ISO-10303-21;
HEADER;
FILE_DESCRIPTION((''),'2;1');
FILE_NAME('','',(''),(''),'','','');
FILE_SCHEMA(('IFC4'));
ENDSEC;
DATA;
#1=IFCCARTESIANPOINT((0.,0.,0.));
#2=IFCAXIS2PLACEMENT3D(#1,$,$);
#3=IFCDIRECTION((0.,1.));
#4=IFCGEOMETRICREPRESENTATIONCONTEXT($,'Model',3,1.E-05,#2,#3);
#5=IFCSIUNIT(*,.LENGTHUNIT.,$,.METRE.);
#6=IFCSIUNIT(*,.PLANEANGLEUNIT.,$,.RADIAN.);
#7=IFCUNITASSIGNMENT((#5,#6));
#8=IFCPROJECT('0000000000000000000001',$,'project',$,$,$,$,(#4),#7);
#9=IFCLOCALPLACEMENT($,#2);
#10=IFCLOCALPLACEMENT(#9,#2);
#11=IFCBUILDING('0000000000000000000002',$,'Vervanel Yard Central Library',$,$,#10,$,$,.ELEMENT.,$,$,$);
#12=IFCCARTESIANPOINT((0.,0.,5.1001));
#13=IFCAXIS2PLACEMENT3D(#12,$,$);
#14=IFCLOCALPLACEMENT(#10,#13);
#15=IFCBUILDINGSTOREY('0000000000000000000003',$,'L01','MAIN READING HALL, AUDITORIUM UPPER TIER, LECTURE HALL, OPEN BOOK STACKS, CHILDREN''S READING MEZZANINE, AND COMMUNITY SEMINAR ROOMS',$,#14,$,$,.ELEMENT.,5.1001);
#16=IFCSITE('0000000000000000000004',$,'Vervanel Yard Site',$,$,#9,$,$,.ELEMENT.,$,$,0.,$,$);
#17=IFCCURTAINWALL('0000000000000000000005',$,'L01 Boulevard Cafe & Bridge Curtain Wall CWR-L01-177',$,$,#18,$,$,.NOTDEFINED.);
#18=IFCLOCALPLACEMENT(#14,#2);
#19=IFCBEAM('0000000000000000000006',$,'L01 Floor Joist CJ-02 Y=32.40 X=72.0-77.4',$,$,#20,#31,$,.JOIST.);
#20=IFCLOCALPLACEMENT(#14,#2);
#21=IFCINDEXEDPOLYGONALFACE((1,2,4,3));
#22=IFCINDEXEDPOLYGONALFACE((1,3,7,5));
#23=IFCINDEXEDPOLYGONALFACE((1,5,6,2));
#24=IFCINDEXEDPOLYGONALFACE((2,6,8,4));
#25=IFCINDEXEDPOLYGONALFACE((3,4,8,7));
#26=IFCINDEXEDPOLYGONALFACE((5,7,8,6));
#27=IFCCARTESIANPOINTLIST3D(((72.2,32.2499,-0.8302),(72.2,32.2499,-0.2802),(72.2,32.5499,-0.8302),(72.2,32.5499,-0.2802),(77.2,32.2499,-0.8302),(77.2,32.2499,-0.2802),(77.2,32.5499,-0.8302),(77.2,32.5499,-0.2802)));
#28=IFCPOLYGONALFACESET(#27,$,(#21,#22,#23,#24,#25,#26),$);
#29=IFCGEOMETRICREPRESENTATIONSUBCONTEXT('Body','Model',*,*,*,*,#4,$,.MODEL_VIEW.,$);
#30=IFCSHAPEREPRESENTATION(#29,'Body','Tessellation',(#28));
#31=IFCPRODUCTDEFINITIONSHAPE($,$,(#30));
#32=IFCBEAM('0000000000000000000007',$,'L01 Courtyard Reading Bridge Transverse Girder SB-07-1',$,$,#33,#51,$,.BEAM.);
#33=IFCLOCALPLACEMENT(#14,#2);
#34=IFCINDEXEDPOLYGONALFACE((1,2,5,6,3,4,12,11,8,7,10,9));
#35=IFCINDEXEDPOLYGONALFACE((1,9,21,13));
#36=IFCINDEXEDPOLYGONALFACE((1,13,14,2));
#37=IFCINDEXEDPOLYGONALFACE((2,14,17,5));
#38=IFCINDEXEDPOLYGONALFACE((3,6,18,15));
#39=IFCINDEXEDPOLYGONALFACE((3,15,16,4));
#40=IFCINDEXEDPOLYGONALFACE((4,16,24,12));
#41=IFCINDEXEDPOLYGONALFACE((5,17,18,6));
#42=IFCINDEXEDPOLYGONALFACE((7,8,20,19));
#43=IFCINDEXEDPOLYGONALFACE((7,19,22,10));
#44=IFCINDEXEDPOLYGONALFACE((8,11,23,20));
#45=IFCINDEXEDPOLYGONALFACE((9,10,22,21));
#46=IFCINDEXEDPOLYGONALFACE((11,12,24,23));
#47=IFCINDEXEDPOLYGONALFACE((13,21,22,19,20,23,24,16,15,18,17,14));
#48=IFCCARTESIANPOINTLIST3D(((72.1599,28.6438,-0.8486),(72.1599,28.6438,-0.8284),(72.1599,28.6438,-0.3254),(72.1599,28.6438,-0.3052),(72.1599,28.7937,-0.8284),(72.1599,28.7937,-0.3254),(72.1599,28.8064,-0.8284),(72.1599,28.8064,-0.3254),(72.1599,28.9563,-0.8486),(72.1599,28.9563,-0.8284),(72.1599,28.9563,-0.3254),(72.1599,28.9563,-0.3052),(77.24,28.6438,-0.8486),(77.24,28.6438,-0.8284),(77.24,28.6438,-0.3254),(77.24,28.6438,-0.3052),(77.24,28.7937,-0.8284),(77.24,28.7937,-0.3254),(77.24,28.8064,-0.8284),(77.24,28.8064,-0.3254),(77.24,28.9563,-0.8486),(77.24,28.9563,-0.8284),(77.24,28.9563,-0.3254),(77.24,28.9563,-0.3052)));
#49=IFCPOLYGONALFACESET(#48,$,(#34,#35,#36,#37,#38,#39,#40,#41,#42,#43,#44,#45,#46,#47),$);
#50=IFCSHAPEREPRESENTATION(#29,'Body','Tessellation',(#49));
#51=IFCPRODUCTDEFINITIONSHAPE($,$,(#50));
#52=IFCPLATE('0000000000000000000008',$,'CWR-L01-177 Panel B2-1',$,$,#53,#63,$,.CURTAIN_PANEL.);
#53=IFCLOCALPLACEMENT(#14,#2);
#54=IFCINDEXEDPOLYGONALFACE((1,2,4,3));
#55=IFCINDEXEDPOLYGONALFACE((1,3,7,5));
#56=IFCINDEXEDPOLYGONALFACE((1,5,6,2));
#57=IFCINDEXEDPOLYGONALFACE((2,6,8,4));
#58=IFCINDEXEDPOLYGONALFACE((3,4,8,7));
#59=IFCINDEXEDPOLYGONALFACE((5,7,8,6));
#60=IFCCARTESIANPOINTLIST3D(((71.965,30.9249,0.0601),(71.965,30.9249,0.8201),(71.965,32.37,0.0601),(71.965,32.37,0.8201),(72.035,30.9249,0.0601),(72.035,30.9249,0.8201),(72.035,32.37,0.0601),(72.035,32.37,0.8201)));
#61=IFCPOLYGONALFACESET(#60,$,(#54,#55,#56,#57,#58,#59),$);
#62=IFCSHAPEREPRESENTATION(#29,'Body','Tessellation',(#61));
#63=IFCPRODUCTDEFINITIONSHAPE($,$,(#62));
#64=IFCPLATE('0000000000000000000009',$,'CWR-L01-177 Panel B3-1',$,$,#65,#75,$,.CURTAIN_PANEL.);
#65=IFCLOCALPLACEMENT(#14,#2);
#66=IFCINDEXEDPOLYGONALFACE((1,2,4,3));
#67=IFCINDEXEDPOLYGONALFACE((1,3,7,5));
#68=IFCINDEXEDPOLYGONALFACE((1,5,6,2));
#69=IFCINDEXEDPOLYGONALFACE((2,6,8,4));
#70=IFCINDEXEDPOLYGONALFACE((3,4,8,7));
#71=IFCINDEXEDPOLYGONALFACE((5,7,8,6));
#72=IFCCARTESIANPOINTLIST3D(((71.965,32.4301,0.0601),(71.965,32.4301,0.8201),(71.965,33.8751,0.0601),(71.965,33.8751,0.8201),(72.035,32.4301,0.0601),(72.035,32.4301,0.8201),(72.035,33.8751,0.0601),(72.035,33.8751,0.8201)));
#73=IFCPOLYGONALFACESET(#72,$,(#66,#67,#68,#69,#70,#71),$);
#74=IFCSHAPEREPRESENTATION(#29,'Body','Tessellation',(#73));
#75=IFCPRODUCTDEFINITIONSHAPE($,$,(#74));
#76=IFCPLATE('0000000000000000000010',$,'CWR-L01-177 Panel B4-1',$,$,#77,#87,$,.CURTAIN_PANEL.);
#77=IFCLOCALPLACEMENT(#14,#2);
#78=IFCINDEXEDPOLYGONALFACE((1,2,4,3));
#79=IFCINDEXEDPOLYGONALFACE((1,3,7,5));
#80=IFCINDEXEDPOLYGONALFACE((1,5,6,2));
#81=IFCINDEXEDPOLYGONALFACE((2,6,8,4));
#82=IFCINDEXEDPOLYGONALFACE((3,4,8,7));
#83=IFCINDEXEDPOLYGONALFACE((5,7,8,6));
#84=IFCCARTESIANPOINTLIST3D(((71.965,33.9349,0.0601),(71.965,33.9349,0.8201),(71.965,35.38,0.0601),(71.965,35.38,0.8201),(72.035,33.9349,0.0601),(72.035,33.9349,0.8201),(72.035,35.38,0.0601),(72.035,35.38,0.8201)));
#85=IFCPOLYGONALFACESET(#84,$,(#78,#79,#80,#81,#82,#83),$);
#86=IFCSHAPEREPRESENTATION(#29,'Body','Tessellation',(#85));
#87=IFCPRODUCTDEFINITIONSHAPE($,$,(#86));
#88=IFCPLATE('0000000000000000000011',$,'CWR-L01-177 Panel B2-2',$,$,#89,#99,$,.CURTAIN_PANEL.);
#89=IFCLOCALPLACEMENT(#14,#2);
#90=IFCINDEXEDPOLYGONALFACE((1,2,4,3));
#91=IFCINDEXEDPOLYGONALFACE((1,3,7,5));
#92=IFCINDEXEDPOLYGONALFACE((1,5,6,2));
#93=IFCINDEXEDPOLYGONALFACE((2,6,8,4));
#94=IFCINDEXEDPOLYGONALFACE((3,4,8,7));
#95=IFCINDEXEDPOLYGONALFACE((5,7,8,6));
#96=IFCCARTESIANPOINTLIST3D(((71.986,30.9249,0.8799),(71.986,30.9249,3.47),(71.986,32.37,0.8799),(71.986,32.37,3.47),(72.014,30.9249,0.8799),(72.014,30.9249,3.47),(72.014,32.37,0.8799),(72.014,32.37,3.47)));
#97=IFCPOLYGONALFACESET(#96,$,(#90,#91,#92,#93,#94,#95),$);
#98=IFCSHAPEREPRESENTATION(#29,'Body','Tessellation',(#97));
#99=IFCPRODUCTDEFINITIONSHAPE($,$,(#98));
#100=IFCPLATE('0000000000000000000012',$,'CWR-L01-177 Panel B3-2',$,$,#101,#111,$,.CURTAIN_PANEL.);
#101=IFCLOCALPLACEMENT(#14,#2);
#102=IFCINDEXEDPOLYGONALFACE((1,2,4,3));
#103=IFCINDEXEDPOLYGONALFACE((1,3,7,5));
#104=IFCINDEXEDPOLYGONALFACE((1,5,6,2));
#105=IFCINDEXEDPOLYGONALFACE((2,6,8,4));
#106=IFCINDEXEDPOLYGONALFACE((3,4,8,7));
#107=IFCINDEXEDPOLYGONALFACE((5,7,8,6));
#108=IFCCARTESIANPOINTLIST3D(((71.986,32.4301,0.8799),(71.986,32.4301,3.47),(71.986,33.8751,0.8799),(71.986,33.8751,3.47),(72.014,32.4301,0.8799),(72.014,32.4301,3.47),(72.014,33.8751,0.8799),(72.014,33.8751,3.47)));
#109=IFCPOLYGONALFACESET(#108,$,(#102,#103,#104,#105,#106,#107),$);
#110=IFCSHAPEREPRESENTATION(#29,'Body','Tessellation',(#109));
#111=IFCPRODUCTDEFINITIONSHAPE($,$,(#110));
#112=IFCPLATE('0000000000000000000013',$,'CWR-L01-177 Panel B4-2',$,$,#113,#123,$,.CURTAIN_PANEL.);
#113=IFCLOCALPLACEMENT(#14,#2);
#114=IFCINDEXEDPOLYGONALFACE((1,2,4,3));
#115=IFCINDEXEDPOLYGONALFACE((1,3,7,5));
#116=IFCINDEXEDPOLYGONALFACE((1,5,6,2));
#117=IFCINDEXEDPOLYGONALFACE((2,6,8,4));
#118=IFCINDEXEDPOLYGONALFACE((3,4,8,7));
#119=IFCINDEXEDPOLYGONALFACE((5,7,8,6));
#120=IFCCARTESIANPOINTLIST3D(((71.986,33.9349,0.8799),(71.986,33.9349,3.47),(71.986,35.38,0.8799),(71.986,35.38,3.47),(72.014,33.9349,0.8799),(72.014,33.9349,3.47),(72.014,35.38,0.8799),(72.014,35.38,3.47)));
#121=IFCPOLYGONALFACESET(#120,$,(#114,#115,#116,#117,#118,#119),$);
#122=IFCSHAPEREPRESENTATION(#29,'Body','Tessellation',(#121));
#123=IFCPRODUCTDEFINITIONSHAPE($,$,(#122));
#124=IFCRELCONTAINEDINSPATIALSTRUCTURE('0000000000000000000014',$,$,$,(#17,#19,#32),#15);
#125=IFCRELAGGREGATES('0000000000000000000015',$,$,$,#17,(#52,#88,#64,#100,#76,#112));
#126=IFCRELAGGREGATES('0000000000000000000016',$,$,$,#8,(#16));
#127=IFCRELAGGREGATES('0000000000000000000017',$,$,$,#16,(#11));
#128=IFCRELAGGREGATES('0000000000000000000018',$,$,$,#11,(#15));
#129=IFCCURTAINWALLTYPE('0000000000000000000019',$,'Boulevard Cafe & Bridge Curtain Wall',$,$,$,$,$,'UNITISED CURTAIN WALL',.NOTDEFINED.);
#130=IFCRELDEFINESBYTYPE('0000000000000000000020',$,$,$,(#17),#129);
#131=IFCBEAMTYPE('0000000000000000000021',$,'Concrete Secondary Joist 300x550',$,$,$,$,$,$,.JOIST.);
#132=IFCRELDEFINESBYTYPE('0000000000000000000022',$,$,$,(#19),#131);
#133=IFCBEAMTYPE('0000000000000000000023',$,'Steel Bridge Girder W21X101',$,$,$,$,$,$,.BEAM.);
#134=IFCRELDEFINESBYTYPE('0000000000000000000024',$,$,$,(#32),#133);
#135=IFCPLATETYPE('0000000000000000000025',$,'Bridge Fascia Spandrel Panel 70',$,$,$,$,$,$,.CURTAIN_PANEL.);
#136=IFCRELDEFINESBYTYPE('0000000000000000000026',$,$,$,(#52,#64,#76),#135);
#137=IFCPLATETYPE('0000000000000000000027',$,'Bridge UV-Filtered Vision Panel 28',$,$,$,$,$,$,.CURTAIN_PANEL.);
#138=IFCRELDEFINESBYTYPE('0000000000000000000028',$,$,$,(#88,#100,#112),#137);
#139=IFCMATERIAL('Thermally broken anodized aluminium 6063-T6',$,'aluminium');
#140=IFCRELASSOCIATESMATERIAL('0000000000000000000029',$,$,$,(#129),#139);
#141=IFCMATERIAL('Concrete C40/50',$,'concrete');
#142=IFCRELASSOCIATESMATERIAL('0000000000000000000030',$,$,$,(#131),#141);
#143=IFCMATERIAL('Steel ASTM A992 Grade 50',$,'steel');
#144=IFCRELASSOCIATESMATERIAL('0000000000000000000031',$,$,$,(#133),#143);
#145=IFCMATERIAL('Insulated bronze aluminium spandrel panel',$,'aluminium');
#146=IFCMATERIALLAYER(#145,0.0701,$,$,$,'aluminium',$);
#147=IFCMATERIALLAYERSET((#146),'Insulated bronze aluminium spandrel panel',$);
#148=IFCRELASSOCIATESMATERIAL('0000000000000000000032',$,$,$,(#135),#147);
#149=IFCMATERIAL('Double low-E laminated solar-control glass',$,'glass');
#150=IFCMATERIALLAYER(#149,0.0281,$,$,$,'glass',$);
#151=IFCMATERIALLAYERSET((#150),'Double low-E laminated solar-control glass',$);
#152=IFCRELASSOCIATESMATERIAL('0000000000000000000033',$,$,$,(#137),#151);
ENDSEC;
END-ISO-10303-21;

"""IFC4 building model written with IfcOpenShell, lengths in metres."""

from ifc_helpers import new_model, si_unit, direction, frame, origin, origin_2d, place, context, subcontext, project, spatial, rectangle, i_section, extrude, material, layer, layer_set, material_profile, profile_set, type_object, element, aggregate, save


model = new_model("IFC4")

# Units and contexts
model_context = context("Model", 3, precision=1e-05, world=origin(), true_north=direction((0.0, 1.0)))
body_context = subcontext(model_context, "Body", "Model", "MODEL_VIEW")
ifc_project = project(units=[si_unit("LENGTHUNIT", "METRE"), si_unit("PLANEANGLEUNIT", "RADIAN")], contexts=[model_context])

# Site, building, storey
site_placement = place(None, origin())
site = spatial("IfcSite", under=ifc_project, at=site_placement, Name="Vervanel Yard Site", CompositionType="ELEMENT", RefElevation=0.0)
building_placement = place(site_placement, origin())
building = spatial("IfcBuilding", under=site, at=building_placement, Name="Vervanel Yard Central Library", CompositionType="ELEMENT")
storey_placement = place(building_placement, frame((0.0, 0.0, 5.1001)))
storey = spatial("IfcBuildingStorey", under=building, at=storey_placement, Name="L01", Description="MAIN READING HALL, AUDITORIUM UPPER TIER, LECTURE HALL, OPEN BOOK STACKS, CHILDREN'S READING MEZZANINE, AND COMMUNITY SEMINAR ROOMS", CompositionType="ELEMENT", Elevation=5.1001)

# Curtain wall
ifc_material_1 = material(Name="Thermally broken anodized aluminium 6063-T6", Category="aluminium")
curtain_wall_type = type_object("IfcCurtainWallType", Name="Boulevard Cafe & Bridge Curtain Wall", ElementType="UNITISED CURTAIN WALL", PredefinedType="NOTDEFINED", material=ifc_material_1)
curtain_wall_placement = place(storey_placement, origin())
curtain_wall = element("IfcCurtainWall", 1, at=curtain_wall_placement, inside=storey, type_object=curtain_wall_type, Name="L01 Boulevard Cafe & Bridge Curtain Wall CWR-L01-177", PredefinedType="NOTDEFINED")

# Beams
ifc_material_2 = material(Name="Concrete C40/50", Category="concrete")
ifc_material_profile_1 = material_profile(ifc_material_2, rectangle(XDim=0.3, YDim=0.55, at=origin_2d()), Name="RC 300x550", Category="concrete")
ifc_profile_set_1 = profile_set([ifc_material_profile_1], Name="Concrete C40/50")
beam_type_1 = type_object("IfcBeamType", Name="Concrete Secondary Joist 300x550", PredefinedType="JOIST", material=ifc_profile_set_1)
beam_1_placement = place(storey_placement, frame((72.2, 32.3999, -0.5552), z_axis=(1.0, 0.0, 0.0), x_axis=(0.0, 1.0, 0.0)))
element("IfcBeam", 2, at=beam_1_placement, inside=storey, type_object=beam_type_1, Name="L01 Floor Joist CJ-02 Y=32.40 X=72.0-77.4", PredefinedType="JOIST", context=body_context, shape_type="SweptSolid", body=[
    extrude(rectangle(XDim=0.3, YDim=0.55, at=origin_2d()), origin(), (0.0, 0.0, 1.0), 5.0),
])
ifc_material_3 = material(Name="Steel ASTM A992 Grade 50", Category="steel")
ifc_material_profile_2 = material_profile(ifc_material_3, i_section(OverallWidth=0.3125, OverallDepth=0.5435, WebThickness=0.0127, FlangeThickness=0.0203, at=origin_2d()), Name="W21X101", Category="steel")
ifc_profile_set_2 = profile_set([ifc_material_profile_2], Name="Steel ASTM A992 Grade 50")
beam_type_2 = type_object("IfcBeamType", Name="Steel Bridge Girder W21X101", PredefinedType="BEAM", material=ifc_profile_set_2)
beam_2_placement = place(storey_placement, frame((72.1599, 28.8, -0.5769), z_axis=(1.0, 0.0, 0.0), x_axis=(0.0, 1.0, 0.0)))
element("IfcBeam", 3, at=beam_2_placement, inside=storey, type_object=beam_type_2, Name="L01 Courtyard Reading Bridge Transverse Girder SB-07-1", PredefinedType="BEAM", context=body_context, shape_type="SweptSolid", body=[
    extrude(i_section(OverallWidth=0.3125, OverallDepth=0.5435, WebThickness=0.0127, FlangeThickness=0.0203, at=origin_2d()), origin(), (0.0, 0.0, 1.0), 5.0801),
])

# Plates
ifc_material_4 = material(Name="Insulated bronze aluminium spandrel panel", Category="aluminium")
ifc_layer_1 = layer(ifc_material_4, 0.0701, Category="aluminium")
ifc_layer_set_1 = layer_set([ifc_layer_1], Name="Insulated bronze aluminium spandrel panel")
plate_type_1 = type_object("IfcPlateType", Name="Bridge Fascia Spandrel Panel 70", PredefinedType="CURTAIN_PANEL", material=ifc_layer_set_1)
plate_1_placement = place(storey_placement, frame((72.0, 31.6475, 0.0601), z_axis=(0.0, 0.0, 1.0), x_axis=(0.0, 1.0, 0.0)))
plate_1 = element("IfcPlate", 4, at=plate_1_placement, type_object=plate_type_1, Name="CWR-L01-177 Panel B2-1", PredefinedType="CURTAIN_PANEL", context=body_context, shape_type="SweptSolid", body=[
    extrude(rectangle(XDim=1.4451, YDim=0.0701, at=origin_2d()), origin(), (0.0, 0.0, 1.0), 0.76),
])
plate_2_placement = place(storey_placement, frame((72.0, 33.1526, 0.0601), z_axis=(0.0, 0.0, 1.0), x_axis=(0.0, 1.0, 0.0)))
plate_2 = element("IfcPlate", 5, at=plate_2_placement, type_object=plate_type_1, Name="CWR-L01-177 Panel B3-1", PredefinedType="CURTAIN_PANEL", context=body_context, shape_type="SweptSolid", body=[
    extrude(rectangle(XDim=1.4451, YDim=0.0701, at=origin_2d()), origin(), (0.0, 0.0, 1.0), 0.76),
])
plate_3_placement = place(storey_placement, frame((72.0, 34.6575, 0.0601), z_axis=(0.0, 0.0, 1.0), x_axis=(0.0, 1.0, 0.0)))
plate_3 = element("IfcPlate", 6, at=plate_3_placement, type_object=plate_type_1, Name="CWR-L01-177 Panel B4-1", PredefinedType="CURTAIN_PANEL", context=body_context, shape_type="SweptSolid", body=[
    extrude(rectangle(XDim=1.4451, YDim=0.0701, at=origin_2d()), origin(), (0.0, 0.0, 1.0), 0.76),
])
ifc_material_5 = material(Name="Double low-E laminated solar-control glass", Category="glass")
ifc_layer_2 = layer(ifc_material_5, 0.0281, Category="glass")
ifc_layer_set_2 = layer_set([ifc_layer_2], Name="Double low-E laminated solar-control glass")
plate_type_2 = type_object("IfcPlateType", Name="Bridge UV-Filtered Vision Panel 28", PredefinedType="CURTAIN_PANEL", material=ifc_layer_set_2)
plate_4_placement = place(storey_placement, frame((72.0, 31.6475, 0.8799), z_axis=(0.0, 0.0, 1.0), x_axis=(0.0, 1.0, 0.0)))
plate_4 = element("IfcPlate", 7, at=plate_4_placement, type_object=plate_type_2, Name="CWR-L01-177 Panel B2-2", PredefinedType="CURTAIN_PANEL", context=body_context, shape_type="SweptSolid", body=[
    extrude(rectangle(XDim=1.4451, YDim=0.0281, at=origin_2d()), origin(), (0.0, 0.0, 1.0), 2.5901),
])
plate_5_placement = place(storey_placement, frame((72.0, 33.1526, 0.8799), z_axis=(0.0, 0.0, 1.0), x_axis=(0.0, 1.0, 0.0)))
plate_5 = element("IfcPlate", 8, at=plate_5_placement, type_object=plate_type_2, Name="CWR-L01-177 Panel B3-2", PredefinedType="CURTAIN_PANEL", context=body_context, shape_type="SweptSolid", body=[
    extrude(rectangle(XDim=1.4451, YDim=0.0281, at=origin_2d()), origin(), (0.0, 0.0, 1.0), 2.5901),
])
plate_6_placement = place(storey_placement, frame((72.0, 34.6575, 0.8799), z_axis=(0.0, 0.0, 1.0), x_axis=(0.0, 1.0, 0.0)))
plate_6 = element("IfcPlate", 9, at=plate_6_placement, type_object=plate_type_2, Name="CWR-L01-177 Panel B4-2", PredefinedType="CURTAIN_PANEL", context=body_context, shape_type="SweptSolid", body=[
    extrude(rectangle(XDim=1.4451, YDim=0.0281, at=origin_2d()), origin(), (0.0, 0.0, 1.0), 2.5901),
])
aggregate(curtain_wall, [plate_1, plate_4, plate_2, plate_5, plate_3, plate_6])

save(model, "model.ifc")
